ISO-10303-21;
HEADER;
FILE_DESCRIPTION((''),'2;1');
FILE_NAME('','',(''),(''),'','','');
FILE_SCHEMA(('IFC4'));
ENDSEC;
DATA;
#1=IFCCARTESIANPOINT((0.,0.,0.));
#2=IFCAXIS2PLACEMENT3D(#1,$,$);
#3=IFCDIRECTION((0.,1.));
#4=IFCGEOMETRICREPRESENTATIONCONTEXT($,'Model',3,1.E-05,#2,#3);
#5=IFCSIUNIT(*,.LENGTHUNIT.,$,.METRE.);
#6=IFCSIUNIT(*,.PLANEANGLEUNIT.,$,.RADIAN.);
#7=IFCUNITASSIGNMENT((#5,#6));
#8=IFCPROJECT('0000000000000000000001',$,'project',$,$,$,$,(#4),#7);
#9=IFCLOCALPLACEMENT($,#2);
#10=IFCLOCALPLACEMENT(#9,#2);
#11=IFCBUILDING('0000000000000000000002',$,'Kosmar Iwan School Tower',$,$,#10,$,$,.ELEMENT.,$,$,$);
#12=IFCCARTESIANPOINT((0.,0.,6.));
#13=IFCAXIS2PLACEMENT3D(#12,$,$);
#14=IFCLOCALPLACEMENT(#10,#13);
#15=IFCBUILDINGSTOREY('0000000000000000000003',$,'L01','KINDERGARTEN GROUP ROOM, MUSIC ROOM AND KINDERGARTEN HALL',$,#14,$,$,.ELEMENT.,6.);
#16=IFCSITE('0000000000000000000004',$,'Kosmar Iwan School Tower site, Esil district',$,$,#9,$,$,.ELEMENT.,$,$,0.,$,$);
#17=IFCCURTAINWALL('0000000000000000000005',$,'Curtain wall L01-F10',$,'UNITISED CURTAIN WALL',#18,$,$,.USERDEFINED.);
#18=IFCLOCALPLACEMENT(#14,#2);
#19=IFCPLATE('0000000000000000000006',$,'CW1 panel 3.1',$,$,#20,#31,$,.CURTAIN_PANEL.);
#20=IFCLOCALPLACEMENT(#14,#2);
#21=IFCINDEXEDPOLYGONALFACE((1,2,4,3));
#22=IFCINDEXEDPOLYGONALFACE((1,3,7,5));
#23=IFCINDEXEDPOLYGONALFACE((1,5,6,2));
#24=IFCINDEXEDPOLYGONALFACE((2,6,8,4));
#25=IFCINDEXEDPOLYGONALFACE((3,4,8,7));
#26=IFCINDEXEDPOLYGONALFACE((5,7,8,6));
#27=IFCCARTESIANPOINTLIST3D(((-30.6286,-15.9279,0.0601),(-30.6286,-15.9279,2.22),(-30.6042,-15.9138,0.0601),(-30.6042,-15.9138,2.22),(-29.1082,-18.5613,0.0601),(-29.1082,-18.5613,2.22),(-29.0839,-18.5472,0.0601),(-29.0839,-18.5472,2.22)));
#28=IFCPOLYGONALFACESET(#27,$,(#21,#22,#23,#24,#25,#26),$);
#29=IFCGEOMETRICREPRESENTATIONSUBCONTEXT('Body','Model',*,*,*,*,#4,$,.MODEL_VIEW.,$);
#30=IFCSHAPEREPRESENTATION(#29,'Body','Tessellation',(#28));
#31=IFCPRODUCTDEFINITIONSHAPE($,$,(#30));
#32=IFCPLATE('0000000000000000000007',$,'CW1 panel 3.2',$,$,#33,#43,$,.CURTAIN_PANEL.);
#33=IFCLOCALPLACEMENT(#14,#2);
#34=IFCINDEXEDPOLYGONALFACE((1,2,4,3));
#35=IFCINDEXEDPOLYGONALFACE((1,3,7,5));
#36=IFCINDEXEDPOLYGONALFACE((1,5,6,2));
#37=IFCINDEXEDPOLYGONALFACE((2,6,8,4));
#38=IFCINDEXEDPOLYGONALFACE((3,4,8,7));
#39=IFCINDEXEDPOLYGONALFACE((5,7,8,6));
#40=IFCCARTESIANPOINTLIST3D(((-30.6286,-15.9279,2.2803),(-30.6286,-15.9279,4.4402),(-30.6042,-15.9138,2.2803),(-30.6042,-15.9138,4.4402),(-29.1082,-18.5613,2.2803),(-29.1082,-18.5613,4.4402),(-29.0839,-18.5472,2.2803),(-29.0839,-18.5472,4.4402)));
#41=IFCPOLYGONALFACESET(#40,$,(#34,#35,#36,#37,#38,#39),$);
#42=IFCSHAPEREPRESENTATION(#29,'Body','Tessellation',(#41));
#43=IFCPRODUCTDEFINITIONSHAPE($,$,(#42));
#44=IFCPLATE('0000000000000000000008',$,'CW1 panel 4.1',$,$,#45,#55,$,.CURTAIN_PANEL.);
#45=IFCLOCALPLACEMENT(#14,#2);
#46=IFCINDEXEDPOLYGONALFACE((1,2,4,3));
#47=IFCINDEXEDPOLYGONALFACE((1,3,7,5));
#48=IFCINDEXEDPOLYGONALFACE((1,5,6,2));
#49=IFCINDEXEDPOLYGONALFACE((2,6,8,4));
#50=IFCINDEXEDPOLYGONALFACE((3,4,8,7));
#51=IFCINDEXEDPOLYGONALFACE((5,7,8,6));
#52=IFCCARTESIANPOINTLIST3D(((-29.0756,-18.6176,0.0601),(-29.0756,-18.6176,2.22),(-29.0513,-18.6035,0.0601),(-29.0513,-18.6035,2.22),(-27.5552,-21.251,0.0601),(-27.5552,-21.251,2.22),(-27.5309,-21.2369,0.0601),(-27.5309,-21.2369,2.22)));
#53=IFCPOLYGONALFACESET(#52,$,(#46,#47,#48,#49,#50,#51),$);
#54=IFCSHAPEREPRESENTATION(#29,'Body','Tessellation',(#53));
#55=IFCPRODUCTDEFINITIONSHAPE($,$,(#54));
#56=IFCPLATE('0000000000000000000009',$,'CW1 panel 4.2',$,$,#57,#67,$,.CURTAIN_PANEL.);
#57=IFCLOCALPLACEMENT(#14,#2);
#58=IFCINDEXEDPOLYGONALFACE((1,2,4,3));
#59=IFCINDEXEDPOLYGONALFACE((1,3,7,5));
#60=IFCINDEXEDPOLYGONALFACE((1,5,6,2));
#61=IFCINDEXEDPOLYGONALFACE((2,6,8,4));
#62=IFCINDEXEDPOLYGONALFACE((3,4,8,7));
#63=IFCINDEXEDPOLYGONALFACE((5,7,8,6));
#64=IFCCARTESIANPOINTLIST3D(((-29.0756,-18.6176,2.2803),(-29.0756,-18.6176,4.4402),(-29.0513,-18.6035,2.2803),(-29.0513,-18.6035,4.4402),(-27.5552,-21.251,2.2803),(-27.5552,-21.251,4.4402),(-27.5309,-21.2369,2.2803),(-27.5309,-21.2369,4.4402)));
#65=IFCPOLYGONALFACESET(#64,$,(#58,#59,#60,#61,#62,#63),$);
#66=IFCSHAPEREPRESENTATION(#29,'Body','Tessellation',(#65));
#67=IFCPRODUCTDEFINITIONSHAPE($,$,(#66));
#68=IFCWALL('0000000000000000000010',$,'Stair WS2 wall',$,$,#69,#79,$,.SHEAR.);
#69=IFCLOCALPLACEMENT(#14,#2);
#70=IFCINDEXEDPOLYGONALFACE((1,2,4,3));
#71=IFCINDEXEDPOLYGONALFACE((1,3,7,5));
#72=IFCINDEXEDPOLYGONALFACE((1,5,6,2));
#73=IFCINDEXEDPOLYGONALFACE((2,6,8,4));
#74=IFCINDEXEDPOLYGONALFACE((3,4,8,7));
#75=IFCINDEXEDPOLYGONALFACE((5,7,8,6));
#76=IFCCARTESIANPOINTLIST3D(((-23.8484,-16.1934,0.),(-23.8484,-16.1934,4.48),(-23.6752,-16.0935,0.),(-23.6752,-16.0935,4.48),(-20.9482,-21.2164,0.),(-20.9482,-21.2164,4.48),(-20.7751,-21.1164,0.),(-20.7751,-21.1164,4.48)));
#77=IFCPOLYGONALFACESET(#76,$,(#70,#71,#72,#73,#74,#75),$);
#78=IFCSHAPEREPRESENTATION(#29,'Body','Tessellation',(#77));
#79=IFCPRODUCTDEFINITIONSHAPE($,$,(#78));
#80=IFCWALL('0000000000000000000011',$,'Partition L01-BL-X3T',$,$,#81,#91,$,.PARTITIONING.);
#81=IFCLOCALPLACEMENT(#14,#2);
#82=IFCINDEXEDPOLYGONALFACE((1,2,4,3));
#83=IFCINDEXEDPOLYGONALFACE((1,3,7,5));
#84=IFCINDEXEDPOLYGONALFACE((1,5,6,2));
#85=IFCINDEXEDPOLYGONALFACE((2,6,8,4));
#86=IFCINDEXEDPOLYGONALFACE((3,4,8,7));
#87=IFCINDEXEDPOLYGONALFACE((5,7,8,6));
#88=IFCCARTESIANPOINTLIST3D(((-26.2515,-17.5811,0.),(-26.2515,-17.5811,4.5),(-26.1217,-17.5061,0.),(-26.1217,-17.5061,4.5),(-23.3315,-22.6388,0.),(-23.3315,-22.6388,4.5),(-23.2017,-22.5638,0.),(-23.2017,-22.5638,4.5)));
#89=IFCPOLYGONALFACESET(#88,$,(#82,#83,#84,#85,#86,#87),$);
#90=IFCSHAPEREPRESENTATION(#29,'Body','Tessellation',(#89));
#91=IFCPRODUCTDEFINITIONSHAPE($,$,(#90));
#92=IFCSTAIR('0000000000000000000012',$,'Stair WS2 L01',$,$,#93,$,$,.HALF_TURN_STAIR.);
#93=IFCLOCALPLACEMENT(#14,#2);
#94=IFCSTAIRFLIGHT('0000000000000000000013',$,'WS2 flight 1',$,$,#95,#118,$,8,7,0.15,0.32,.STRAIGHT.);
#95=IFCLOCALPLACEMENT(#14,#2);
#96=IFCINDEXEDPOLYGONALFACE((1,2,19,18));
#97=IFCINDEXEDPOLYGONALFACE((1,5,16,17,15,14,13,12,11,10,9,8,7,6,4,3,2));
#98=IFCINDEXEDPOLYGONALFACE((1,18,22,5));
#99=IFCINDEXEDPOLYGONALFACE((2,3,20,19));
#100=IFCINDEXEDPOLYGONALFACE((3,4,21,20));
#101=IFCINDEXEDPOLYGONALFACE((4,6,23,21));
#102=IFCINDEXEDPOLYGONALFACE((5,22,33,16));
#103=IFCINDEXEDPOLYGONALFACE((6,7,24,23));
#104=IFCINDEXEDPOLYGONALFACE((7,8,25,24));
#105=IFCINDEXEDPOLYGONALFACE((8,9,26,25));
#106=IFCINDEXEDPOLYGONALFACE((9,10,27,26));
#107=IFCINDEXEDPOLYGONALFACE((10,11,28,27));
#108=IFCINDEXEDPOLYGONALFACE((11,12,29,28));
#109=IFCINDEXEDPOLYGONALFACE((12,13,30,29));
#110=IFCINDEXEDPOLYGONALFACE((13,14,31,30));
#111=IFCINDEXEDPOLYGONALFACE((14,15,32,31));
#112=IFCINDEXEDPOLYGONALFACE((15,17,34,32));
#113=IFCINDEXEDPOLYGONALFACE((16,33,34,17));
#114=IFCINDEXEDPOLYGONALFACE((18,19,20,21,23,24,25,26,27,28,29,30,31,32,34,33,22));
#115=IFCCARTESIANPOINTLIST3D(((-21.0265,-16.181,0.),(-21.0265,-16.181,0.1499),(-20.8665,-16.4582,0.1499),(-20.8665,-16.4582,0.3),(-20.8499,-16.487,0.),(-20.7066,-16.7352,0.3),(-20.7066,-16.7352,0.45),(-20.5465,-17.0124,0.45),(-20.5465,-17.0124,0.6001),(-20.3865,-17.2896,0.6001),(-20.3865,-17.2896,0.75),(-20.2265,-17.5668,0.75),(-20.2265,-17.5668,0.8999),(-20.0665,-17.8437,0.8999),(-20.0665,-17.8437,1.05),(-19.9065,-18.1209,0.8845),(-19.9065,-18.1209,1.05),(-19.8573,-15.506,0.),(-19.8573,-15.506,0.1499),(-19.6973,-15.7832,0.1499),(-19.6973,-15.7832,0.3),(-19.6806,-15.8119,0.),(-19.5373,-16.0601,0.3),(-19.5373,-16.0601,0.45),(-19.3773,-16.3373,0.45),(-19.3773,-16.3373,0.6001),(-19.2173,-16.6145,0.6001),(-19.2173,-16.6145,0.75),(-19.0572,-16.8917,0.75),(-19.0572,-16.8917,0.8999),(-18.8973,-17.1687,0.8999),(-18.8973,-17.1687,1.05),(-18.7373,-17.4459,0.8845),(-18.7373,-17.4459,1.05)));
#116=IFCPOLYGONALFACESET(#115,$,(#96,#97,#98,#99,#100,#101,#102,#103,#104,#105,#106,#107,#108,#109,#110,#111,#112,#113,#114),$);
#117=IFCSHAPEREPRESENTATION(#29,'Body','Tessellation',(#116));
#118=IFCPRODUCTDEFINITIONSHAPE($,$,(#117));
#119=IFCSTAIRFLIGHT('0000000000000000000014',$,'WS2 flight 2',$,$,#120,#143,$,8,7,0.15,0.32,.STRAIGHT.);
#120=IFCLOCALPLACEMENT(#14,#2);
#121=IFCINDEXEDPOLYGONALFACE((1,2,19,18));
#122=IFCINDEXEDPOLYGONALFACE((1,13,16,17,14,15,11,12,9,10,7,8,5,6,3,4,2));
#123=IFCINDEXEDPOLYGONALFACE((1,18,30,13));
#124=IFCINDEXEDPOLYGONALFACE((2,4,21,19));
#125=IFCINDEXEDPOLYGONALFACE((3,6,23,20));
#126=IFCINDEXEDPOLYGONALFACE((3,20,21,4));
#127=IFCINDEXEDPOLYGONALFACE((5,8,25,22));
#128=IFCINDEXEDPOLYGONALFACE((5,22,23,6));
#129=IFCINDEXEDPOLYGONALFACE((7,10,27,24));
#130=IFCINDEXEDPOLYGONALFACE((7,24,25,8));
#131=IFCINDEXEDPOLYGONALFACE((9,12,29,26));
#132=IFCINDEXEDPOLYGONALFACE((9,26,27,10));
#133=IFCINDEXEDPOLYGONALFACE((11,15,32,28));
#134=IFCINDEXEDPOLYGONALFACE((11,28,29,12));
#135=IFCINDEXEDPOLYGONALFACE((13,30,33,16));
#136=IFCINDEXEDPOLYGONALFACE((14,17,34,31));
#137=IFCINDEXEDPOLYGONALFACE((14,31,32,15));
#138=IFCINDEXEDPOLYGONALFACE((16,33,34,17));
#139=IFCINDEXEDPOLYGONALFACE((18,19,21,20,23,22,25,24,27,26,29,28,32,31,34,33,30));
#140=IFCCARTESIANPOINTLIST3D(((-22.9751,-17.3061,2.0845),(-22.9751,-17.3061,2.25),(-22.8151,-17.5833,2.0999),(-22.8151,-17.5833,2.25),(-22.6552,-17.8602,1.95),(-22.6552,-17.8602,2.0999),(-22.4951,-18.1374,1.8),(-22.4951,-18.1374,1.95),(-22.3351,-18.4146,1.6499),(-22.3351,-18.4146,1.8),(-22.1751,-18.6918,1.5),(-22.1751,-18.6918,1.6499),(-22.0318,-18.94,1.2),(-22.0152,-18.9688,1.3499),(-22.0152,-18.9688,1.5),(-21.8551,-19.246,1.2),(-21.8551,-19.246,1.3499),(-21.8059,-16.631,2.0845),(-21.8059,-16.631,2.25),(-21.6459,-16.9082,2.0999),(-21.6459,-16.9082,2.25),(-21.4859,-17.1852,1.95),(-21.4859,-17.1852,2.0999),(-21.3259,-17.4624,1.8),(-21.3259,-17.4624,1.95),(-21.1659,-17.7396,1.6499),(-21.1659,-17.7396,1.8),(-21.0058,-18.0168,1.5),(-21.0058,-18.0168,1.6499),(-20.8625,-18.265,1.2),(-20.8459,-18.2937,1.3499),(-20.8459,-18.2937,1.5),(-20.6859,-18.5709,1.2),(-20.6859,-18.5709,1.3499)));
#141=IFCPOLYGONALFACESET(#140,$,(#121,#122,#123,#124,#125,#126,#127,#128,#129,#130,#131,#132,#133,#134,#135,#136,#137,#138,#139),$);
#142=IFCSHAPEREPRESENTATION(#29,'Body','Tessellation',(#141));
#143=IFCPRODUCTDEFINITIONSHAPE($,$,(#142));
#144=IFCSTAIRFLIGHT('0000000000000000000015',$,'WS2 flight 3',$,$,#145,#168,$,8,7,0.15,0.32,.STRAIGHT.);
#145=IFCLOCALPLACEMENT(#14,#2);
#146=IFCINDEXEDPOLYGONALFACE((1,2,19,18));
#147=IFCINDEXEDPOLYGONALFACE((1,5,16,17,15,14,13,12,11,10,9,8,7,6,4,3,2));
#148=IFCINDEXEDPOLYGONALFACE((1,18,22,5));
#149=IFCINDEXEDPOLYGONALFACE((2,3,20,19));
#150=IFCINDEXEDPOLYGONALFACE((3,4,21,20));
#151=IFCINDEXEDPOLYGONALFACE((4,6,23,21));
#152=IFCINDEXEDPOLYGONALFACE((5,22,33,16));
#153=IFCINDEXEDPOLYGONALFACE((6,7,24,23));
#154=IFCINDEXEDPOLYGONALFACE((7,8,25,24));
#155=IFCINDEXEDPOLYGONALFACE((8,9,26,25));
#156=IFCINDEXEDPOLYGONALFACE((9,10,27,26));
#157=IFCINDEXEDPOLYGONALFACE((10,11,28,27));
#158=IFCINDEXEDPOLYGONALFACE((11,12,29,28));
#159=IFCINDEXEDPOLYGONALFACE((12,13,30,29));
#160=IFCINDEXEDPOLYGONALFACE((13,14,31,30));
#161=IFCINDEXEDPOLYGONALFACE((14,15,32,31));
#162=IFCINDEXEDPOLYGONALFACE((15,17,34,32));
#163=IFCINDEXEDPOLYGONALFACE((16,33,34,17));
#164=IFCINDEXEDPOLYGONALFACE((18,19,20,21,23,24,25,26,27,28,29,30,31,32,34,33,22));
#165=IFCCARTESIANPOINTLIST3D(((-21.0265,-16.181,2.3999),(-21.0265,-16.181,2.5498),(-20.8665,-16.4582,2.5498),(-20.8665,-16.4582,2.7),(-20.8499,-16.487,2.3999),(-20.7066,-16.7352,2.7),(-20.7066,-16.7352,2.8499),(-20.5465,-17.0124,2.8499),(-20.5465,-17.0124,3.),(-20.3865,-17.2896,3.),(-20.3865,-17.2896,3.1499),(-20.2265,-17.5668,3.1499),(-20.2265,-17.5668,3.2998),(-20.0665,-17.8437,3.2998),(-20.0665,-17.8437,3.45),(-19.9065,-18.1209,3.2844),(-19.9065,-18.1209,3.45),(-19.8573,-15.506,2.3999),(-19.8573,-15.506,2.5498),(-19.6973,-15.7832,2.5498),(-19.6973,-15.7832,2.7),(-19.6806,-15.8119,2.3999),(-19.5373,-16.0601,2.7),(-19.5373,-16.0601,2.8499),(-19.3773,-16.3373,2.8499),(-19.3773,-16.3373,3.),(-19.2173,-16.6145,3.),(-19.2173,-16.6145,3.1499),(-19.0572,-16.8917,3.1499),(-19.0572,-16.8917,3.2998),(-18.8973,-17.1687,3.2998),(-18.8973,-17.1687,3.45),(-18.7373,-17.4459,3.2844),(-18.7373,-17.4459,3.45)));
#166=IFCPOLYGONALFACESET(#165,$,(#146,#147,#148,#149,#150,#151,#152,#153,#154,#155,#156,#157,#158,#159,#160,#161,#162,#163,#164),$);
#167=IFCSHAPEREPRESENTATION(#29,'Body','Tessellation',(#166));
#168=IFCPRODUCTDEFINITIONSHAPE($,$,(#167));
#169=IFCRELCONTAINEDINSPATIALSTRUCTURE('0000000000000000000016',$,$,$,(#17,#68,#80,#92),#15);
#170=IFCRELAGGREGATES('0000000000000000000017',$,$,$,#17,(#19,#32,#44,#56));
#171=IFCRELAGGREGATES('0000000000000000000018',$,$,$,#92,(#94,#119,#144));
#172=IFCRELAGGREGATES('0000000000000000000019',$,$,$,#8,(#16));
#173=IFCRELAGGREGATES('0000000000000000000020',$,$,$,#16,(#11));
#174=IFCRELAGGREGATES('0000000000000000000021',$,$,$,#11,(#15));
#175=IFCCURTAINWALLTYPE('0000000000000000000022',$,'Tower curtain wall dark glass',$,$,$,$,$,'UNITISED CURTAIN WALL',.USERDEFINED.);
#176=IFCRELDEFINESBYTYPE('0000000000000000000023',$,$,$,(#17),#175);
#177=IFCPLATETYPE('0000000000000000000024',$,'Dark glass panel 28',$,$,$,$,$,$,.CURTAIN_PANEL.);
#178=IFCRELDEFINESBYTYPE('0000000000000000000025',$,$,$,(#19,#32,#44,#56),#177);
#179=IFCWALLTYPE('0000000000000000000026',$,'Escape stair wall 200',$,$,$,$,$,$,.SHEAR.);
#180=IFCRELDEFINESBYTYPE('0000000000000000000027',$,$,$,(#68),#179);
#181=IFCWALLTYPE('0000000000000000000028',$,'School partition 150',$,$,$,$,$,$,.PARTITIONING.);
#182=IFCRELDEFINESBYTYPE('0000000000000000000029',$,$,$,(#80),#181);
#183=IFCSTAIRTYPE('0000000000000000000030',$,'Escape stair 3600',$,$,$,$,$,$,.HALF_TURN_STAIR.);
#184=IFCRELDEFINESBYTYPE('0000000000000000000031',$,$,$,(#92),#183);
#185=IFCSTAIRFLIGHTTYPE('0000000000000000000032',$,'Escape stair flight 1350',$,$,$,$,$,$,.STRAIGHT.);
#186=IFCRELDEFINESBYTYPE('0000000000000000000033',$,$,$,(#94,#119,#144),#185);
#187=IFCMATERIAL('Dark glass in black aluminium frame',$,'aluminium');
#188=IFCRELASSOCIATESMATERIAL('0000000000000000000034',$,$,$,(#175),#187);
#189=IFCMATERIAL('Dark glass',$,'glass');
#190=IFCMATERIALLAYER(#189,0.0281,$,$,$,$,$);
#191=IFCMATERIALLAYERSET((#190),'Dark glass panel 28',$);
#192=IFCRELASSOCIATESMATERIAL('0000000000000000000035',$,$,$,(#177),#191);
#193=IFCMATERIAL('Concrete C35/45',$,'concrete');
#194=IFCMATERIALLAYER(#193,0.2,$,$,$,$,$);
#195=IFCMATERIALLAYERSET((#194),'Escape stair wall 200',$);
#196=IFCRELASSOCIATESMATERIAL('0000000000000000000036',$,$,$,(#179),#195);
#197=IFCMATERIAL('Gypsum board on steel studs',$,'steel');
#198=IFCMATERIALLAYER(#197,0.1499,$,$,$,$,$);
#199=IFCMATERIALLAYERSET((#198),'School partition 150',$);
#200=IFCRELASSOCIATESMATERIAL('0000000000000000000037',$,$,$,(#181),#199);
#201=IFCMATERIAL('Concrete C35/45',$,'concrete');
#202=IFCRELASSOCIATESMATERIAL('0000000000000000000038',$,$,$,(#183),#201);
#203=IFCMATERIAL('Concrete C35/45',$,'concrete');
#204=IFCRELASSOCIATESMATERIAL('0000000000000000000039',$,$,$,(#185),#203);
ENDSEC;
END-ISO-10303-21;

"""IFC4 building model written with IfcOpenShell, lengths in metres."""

from ifc_helpers import new_model, si_unit, direction, frame, frame_2d, origin, origin_2d, place, context, subcontext, project, spatial, polyline, rectangle, outline, extrude, material, layer, layer_set, type_object, element, aggregate, save


model = new_model("IFC4")

# Units and contexts
model_context = context("Model", 3, precision=1e-05, world=origin(), true_north=direction((0.0, 1.0)))
body_context = subcontext(model_context, "Body", "Model", "MODEL_VIEW")
ifc_project = project(units=[si_unit("LENGTHUNIT", "METRE"), si_unit("PLANEANGLEUNIT", "RADIAN")], contexts=[model_context])

# Site, building, storey
site_placement = place(None, origin())
site = spatial("IfcSite", under=ifc_project, at=site_placement, Name="Kosmar Iwan School Tower site, Esil district", CompositionType="ELEMENT", RefElevation=0.0)
building_placement = place(site_placement, origin())
building = spatial("IfcBuilding", under=site, at=building_placement, Name="Kosmar Iwan School Tower", CompositionType="ELEMENT")
storey_placement = place(building_placement, frame((0.0, 0.0, 6.0)))
storey = spatial("IfcBuildingStorey", under=building, at=storey_placement, Name="L01", Description="KINDERGARTEN GROUP ROOM, MUSIC ROOM AND KINDERGARTEN HALL", CompositionType="ELEMENT", Elevation=6.0)

# Curtain wall, plates
ifc_material_1 = material(Name="Dark glass in black aluminium frame", Category="aluminium")
curtain_wall_type = type_object("IfcCurtainWallType", Name="Tower curtain wall dark glass", ElementType="UNITISED CURTAIN WALL", PredefinedType="USERDEFINED", material=ifc_material_1)
curtain_wall_placement = place(storey_placement, origin())
curtain_wall = element("IfcCurtainWall", 1, at=curtain_wall_placement, inside=storey, type_object=curtain_wall_type, Name="Curtain wall L01-F10", ObjectType="UNITISED CURTAIN WALL", PredefinedType="USERDEFINED")
ifc_material_2 = material(Name="Dark glass", Category="glass")
ifc_layer_1 = layer(ifc_material_2, 0.0281)
ifc_layer_set_1 = layer_set([ifc_layer_1], Name="Dark glass panel 28")
plate_type = type_object("IfcPlateType", Name="Dark glass panel 28", PredefinedType="CURTAIN_PANEL", material=ifc_layer_set_1)
plate_1_placement = place(storey_placement, frame((-29.8562, -17.2375, 0.0601), z_axis=(0.0, 0.0, 1.0), x_axis=(0.5, -0.866025, 0.0)))
plate_1 = element("IfcPlate", 2, at=plate_1_placement, type_object=plate_type, Name="CW1 panel 3.1", PredefinedType="CURTAIN_PANEL", context=body_context, shape_type="SweptSolid", body=[
    extrude(rectangle(XDim=3.0408, YDim=0.0281, at=origin_2d()), origin(), (0.0, 0.0, 1.0), 2.1599),
])
plate_2_placement = place(storey_placement, frame((-29.8562, -17.2375, 2.2803), z_axis=(0.0, 0.0, 1.0), x_axis=(0.5, -0.866025, 0.0)))
plate_2 = element("IfcPlate", 3, at=plate_2_placement, type_object=plate_type, Name="CW1 panel 3.2", PredefinedType="CURTAIN_PANEL", context=body_context, shape_type="SweptSolid", body=[
    extrude(rectangle(XDim=3.0408, YDim=0.0281, at=origin_2d()), origin(), (0.0, 0.0, 1.0), 2.1599),
])
plate_3_placement = place(storey_placement, frame((-28.3032, -19.9272, 0.0601), z_axis=(0.0, 0.0, 1.0), x_axis=(0.5, -0.866025, 0.0)))
plate_3 = element("IfcPlate", 4, at=plate_3_placement, type_object=plate_type, Name="CW1 panel 4.1", PredefinedType="CURTAIN_PANEL", context=body_context, shape_type="SweptSolid", body=[
    extrude(rectangle(XDim=3.0408, YDim=0.0281, at=origin_2d()), origin(), (0.0, 0.0, 1.0), 2.1599),
])
plate_4_placement = place(storey_placement, frame((-28.3032, -19.9272, 2.2803), z_axis=(0.0, 0.0, 1.0), x_axis=(0.5, -0.866025, 0.0)))
plate_4 = element("IfcPlate", 5, at=plate_4_placement, type_object=plate_type, Name="CW1 panel 4.2", PredefinedType="CURTAIN_PANEL", context=body_context, shape_type="SweptSolid", body=[
    extrude(rectangle(XDim=3.0408, YDim=0.0281, at=origin_2d()), origin(), (0.0, 0.0, 1.0), 2.1599),
])
aggregate(curtain_wall, [plate_1, plate_2, plate_3, plate_4])

# Walls
ifc_material_3 = material(Name="Concrete C35/45", Category="concrete")
ifc_layer_2 = layer(ifc_material_3, 0.2)
ifc_layer_set_2 = layer_set([ifc_layer_2], Name="Escape stair wall 200")
wall_type_1 = type_object("IfcWallType", Name="Escape stair wall 200", PredefinedType="SHEAR", material=ifc_layer_set_2)
wall_1_placement = place(storey_placement, frame((-23.7617, -16.1436, 0.0), z_axis=(0.0, 0.0, 1.0), x_axis=(0.500019, -0.866015, 0.0)))
element("IfcWall", 6, at=wall_1_placement, inside=storey, type_object=wall_type_1, Name="Stair WS2 wall", PredefinedType="SHEAR", context=body_context, shape_type="SweptSolid", body=[
    extrude(rectangle(XDim=5.8, YDim=0.2, at=frame_2d((2.8999, 0.0))), origin(), (0.0, 0.0, 1.0), 4.48),
])
ifc_material_4 = material(Name="Gypsum board on steel studs", Category="steel")
ifc_layer_3 = layer(ifc_material_4, 0.1499)
ifc_layer_set_3 = layer_set([ifc_layer_3], Name="School partition 150")
wall_type_2 = type_object("IfcWallType", Name="School partition 150", PredefinedType="PARTITIONING", material=ifc_layer_set_3)
wall_2_placement = place(storey_placement, frame((-26.1865, -17.5437, 0.0), z_axis=(0.0, 0.0, 1.0), x_axis=(0.499988, -0.866032, 0.0)))
element("IfcWall", 7, at=wall_2_placement, inside=storey, type_object=wall_type_2, Name="Partition L01-BL-X3T", PredefinedType="PARTITIONING", context=body_context, shape_type="SweptSolid", body=[
    extrude(rectangle(XDim=5.8401, YDim=0.1499, at=frame_2d((2.9199, 0.0))), origin(), (0.0, 0.0, 1.0), 4.5),
])

# Stair, stair flights
ifc_material_5 = material(Name="Concrete C35/45", Category="concrete")
stair_type = type_object("IfcStairType", Name="Escape stair 3600", PredefinedType="HALF_TURN_STAIR", material=ifc_material_5)
stair_placement = place(storey_placement, origin())
stair = element("IfcStair", 8, at=stair_placement, inside=storey, type_object=stair_type, Name="Stair WS2 L01", PredefinedType="HALF_TURN_STAIR")
ifc_material_6 = material(Name="Concrete C35/45", Category="concrete")
stair_flight_type = type_object("IfcStairFlightType", Name="Escape stair flight 1350", PredefinedType="STRAIGHT", material=ifc_material_6)
stair_flight_1_placement = place(storey_placement, frame((-20.4419, -15.8435, 0.0), z_axis=(0.0, 0.0, 1.0), x_axis=(0.5, -0.866025, 0.0)))
stair_flight_1 = element("IfcStairFlight", 9, at=stair_flight_1_placement, type_object=stair_flight_type, Name="WS2 flight 1", NumberOfRisers=8, NumberOfTreads=7, PredefinedType="STRAIGHT", RiserHeight=0.15, TreadLength=0.32, context=body_context, shape_type="SweptSolid", body=[
    extrude(outline(polyline([(0.0, 0.0), (0.0, 0.1499), (0.3201, 0.1499), (0.3201, 0.3), (0.6399, 0.3), (0.6399, 0.45), (0.96, 0.45), (0.96, 0.6001), (1.28, 0.6001), (1.28, 0.75), (1.6001, 0.75), (1.6001, 0.8999), (1.9199, 0.8999), (1.9199, 1.05), (2.24, 1.05), (2.24, 1.2), (2.24, 0.8845), (0.3533, 0.0), (0.0, 0.0)])), frame((0.0, 0.675, 0.0), z_axis=(0.0, -1.0, 0.0), x_axis=(1.0, 0.0, 0.0)), (0.0, 0.0, 1.0), 1.3501),
])
stair_flight_2_placement = place(storey_placement, frame((-21.2705, -18.9084, 1.2), z_axis=(0.0, 0.0, 1.0), x_axis=(-0.5, 0.866025, 0.0)))
stair_flight_2 = element("IfcStairFlight", 10, at=stair_flight_2_placement, type_object=stair_flight_type, Name="WS2 flight 2", NumberOfRisers=8, NumberOfTreads=7, PredefinedType="STRAIGHT", RiserHeight=0.15, TreadLength=0.32, context=body_context, shape_type="SweptSolid", body=[
    extrude(outline(polyline([(0.0, 0.0), (0.0, 0.1499), (0.3201, 0.1499), (0.3201, 0.3), (0.6399, 0.3), (0.6399, 0.45), (0.96, 0.45), (0.96, 0.6001), (1.28, 0.6001), (1.28, 0.75), (1.6001, 0.75), (1.6001, 0.8999), (1.9199, 0.8999), (1.9199, 1.05), (2.24, 1.05), (2.24, 1.2), (2.24, 0.8845), (0.3533, 0.0), (0.0, 0.0)])), frame((0.0, 0.675, 0.0), z_axis=(0.0, -1.0, 0.0), x_axis=(1.0, 0.0, 0.0)), (0.0, 0.0, 1.0), 1.3501),
])
stair_flight_3_placement = place(storey_placement, frame((-20.4419, -15.8435, 2.3999), z_axis=(0.0, 0.0, 1.0), x_axis=(0.5, -0.866025, 0.0)))
stair_flight_3 = element("IfcStairFlight", 11, at=stair_flight_3_placement, type_object=stair_flight_type, Name="WS2 flight 3", NumberOfRisers=8, NumberOfTreads=7, PredefinedType="STRAIGHT", RiserHeight=0.15, TreadLength=0.32, context=body_context, shape_type="SweptSolid", body=[
    extrude(outline(polyline([(0.0, 0.0), (0.0, 0.1499), (0.3201, 0.1499), (0.3201, 0.3), (0.6399, 0.3), (0.6399, 0.45), (0.96, 0.45), (0.96, 0.6001), (1.28, 0.6001), (1.28, 0.75), (1.6001, 0.75), (1.6001, 0.8999), (1.9199, 0.8999), (1.9199, 1.05), (2.24, 1.05), (2.24, 1.2), (2.24, 0.8845), (0.3533, 0.0), (0.0, 0.0)])), frame((0.0, 0.675, 0.0), z_axis=(0.0, -1.0, 0.0), x_axis=(1.0, 0.0, 0.0)), (0.0, 0.0, 1.0), 1.3501),
])
aggregate(stair, [stair_flight_1, stair_flight_2, stair_flight_3])

save(model, "model.ifc")
